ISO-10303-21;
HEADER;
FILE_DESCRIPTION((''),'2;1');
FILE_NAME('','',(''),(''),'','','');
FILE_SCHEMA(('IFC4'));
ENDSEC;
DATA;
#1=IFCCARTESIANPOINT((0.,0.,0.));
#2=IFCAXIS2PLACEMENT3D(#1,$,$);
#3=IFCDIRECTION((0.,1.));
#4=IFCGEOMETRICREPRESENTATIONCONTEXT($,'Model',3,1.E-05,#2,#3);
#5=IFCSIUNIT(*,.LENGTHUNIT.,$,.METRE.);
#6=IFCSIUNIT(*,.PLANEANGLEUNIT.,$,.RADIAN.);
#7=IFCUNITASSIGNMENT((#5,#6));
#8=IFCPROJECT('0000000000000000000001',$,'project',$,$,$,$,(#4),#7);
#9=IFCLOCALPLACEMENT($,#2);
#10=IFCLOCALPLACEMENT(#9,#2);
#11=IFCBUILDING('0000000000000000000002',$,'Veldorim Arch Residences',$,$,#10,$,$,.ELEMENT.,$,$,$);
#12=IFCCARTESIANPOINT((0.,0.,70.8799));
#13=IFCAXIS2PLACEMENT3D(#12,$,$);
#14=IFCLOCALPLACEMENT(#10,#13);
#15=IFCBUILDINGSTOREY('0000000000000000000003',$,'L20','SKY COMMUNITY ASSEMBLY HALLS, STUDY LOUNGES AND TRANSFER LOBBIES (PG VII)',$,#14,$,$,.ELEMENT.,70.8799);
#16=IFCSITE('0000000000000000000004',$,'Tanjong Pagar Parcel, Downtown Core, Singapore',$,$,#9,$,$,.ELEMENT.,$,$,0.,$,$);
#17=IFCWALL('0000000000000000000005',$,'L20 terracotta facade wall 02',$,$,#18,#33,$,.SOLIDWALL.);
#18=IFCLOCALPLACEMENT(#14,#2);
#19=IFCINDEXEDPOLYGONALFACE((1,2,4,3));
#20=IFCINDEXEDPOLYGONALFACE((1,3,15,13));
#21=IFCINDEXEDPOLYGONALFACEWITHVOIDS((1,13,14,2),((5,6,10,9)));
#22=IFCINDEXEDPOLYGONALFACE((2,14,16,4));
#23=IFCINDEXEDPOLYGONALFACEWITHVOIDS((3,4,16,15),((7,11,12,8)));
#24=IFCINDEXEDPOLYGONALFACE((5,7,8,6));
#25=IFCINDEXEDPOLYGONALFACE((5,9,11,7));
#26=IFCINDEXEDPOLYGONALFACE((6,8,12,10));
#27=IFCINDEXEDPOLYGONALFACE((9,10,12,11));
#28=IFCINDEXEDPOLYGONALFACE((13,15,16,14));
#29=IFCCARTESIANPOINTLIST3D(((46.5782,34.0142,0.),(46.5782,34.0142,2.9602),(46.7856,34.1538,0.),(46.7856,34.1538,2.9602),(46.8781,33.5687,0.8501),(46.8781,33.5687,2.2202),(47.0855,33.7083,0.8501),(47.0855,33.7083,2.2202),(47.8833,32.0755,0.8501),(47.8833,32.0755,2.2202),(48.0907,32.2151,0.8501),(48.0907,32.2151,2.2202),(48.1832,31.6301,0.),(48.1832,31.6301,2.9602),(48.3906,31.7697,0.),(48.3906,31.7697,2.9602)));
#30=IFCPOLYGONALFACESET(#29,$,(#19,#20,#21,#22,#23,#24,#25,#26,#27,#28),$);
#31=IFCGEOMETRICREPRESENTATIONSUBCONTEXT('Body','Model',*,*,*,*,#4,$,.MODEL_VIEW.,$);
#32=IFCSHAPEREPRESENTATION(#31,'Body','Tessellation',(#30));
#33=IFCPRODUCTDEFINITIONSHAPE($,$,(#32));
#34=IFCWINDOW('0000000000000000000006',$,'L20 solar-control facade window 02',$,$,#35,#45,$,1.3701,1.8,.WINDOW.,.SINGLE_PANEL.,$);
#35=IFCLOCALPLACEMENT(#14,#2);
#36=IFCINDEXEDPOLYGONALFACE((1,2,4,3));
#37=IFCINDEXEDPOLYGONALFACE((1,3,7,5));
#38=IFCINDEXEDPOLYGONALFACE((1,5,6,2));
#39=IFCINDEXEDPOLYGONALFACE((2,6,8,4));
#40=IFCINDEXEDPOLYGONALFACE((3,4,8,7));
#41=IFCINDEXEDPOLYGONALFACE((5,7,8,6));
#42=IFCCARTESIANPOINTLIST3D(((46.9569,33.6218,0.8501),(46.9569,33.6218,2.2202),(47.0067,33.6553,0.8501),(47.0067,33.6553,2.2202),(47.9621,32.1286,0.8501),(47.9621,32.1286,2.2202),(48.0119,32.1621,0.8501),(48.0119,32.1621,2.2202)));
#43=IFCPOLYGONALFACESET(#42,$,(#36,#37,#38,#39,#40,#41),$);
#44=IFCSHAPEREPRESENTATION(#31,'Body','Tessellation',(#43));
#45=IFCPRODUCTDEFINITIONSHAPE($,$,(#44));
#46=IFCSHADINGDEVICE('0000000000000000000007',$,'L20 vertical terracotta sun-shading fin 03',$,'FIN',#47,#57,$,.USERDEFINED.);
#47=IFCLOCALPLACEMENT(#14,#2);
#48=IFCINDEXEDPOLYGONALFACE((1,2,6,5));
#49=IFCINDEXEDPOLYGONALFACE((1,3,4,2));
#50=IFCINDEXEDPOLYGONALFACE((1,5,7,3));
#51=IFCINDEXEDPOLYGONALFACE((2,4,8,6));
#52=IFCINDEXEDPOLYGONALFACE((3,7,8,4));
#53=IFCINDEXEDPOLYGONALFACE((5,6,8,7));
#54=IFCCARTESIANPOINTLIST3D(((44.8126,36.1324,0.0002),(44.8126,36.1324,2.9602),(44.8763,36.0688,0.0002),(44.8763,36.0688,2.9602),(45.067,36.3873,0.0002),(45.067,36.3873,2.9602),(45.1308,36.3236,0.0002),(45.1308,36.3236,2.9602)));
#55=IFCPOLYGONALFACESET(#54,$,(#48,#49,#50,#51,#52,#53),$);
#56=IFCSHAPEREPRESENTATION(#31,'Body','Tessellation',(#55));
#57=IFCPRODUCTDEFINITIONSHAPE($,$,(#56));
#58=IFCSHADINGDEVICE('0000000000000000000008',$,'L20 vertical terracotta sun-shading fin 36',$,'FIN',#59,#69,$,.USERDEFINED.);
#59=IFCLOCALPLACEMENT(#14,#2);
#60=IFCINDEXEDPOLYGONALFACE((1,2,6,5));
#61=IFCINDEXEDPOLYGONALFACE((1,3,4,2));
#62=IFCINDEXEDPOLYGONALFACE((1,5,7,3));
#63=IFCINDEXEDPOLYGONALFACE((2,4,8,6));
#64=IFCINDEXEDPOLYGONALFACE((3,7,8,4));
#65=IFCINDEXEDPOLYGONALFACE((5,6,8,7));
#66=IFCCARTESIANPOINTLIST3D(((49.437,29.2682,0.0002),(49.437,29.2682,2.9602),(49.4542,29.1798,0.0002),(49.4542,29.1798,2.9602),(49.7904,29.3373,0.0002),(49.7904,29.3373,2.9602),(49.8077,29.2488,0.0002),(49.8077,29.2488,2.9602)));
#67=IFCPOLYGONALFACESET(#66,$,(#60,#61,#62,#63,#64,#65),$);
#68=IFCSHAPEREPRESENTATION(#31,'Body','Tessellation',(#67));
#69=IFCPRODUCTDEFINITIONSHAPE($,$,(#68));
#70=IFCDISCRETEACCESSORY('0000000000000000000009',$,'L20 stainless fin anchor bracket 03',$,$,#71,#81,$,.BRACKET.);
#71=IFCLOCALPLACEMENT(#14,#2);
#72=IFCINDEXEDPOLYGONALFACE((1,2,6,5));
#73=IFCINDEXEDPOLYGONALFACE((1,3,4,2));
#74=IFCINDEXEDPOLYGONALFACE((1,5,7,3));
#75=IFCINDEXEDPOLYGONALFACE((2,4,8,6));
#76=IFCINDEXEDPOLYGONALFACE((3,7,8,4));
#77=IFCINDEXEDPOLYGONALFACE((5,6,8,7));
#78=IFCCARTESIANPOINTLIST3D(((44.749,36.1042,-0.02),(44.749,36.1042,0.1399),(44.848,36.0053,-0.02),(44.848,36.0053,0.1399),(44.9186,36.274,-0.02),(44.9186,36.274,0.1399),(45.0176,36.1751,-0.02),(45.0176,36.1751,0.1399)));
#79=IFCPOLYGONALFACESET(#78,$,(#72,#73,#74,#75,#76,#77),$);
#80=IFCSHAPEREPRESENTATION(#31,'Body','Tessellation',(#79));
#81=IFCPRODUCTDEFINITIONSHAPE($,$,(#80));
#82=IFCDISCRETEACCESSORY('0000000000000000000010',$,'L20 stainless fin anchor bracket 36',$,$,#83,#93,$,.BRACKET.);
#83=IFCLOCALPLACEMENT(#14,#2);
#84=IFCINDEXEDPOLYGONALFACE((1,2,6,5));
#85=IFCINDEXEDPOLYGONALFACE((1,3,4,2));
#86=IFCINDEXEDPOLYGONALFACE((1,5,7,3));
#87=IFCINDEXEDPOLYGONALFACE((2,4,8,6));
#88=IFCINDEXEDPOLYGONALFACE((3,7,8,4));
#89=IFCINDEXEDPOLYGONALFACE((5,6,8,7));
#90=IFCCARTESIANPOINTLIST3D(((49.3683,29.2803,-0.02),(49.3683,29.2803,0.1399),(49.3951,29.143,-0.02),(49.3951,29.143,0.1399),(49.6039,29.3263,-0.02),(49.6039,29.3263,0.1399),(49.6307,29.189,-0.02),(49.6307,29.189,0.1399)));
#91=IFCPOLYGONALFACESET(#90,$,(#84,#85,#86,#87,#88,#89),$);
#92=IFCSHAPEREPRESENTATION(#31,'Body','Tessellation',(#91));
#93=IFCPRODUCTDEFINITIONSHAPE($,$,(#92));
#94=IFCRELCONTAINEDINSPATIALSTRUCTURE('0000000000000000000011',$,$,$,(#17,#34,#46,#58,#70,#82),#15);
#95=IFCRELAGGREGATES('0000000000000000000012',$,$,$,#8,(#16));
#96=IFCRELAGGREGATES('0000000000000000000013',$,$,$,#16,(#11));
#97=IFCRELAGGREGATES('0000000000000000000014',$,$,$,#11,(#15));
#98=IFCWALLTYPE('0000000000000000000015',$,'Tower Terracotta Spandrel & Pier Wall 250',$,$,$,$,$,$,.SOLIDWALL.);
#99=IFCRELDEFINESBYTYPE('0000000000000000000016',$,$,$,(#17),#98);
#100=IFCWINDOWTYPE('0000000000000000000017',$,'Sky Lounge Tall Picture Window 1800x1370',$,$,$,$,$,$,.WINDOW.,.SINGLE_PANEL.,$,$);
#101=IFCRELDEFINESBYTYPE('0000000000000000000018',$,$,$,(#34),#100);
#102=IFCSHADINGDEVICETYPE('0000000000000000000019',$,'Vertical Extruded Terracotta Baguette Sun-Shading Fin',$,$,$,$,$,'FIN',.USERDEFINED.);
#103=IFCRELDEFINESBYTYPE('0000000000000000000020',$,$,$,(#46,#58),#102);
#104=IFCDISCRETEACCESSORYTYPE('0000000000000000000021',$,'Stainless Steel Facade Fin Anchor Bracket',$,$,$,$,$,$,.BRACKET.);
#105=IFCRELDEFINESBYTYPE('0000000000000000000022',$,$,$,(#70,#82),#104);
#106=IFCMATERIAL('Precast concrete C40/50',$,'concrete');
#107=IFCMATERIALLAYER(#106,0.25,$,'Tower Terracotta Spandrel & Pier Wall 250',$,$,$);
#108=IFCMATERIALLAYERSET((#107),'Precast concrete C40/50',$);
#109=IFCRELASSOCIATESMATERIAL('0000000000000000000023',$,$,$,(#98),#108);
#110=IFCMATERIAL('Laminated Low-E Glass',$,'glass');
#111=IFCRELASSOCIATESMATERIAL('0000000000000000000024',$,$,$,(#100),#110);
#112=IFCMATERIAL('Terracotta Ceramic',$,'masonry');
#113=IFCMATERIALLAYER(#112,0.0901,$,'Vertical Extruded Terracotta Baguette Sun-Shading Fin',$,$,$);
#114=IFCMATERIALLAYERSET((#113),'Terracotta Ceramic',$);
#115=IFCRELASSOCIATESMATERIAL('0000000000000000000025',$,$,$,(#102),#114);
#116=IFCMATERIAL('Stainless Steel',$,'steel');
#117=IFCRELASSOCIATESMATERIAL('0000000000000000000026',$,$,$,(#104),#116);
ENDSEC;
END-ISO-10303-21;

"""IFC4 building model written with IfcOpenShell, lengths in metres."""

from ifc_helpers import new_model, si_unit, direction, frame, frame_2d, origin, origin_2d, place, context, subcontext, project, spatial, rectangle, extrude, material, layer, layer_set, type_object, element, fill, save


model = new_model("IFC4")

# Units and contexts
model_context = context("Model", 3, precision=1e-05, world=origin(), true_north=direction((0.0, 1.0)))
body_context = subcontext(model_context, "Body", "Model", "MODEL_VIEW")
ifc_project = project(units=[si_unit("LENGTHUNIT", "METRE"), si_unit("PLANEANGLEUNIT", "RADIAN")], contexts=[model_context])

# Site, building, storey
site_placement = place(None, origin())
site = spatial("IfcSite", under=ifc_project, at=site_placement, Name="Tanjong Pagar Parcel, Downtown Core, Singapore", CompositionType="ELEMENT", RefElevation=0.0)
building_placement = place(site_placement, origin())
building = spatial("IfcBuilding", under=site, at=building_placement, Name="Veldorim Arch Residences", CompositionType="ELEMENT")
storey_placement = place(building_placement, frame((0.0, 0.0, 70.8799)))
storey = spatial("IfcBuildingStorey", under=building, at=storey_placement, Name="L20", Description="SKY COMMUNITY ASSEMBLY HALLS, STUDY LOUNGES AND TRANSFER LOBBIES (PG VII)", CompositionType="ELEMENT", Elevation=70.8799)

# Shared definitions
ifc_material_1 = material(Name="Precast concrete C40/50", Category="concrete")
ifc_layer_1 = layer(ifc_material_1, 0.25, Name="Tower Terracotta Spandrel & Pier Wall 250")
ifc_layer_set_1 = layer_set([ifc_layer_1], Name="Precast concrete C40/50")
wall_type_1 = type_object("IfcWallType", Name="Tower Terracotta Spandrel & Pier Wall 250", PredefinedType="SOLIDWALL", material=ifc_layer_set_1)

# Wall, opening, window
wall_1_placement = place(storey_placement, frame((46.6819, 34.084, 0.0), z_axis=(0.0, 0.0, 1.0), x_axis=(0.558458, -0.829533, 0.0)))
wall_1 = element("IfcWall", 1, at=wall_1_placement, inside=storey, type_object=wall_type_1, Name="L20 terracotta facade wall 02", PredefinedType="SOLIDWALL", context=body_context, shape_type="SweptSolid", body=[
    extrude(rectangle(XDim=2.874, YDim=0.25, at=frame_2d((1.437, 0.0))), origin(), (0.0, 0.0, 1.0), 2.9602),
])
opening_1_placement = place(wall_1_placement, frame((0.5371, 0.0, 0.8501)))
opening_1 = element("IfcOpeningElement", 2, at=opening_1_placement, cuts=wall_1, PredefinedType="OPENING", context=body_context, shape_type="SweptSolid", body=[
    extrude(rectangle(XDim=1.8, YDim=1.3701, at=frame_2d((0.8999, 0.6851))), frame((0.0, 0.135, 0.0), z_axis=(0.0, -1.0, 0.0), x_axis=(1.0, 0.0, 0.0)), (0.0, 0.0, 1.0), 0.27),
])
ifc_material_2 = material(Name="Laminated Low-E Glass", Category="glass")
window_type = type_object("IfcWindowType", Name="Sky Lounge Tall Picture Window 1800x1370", PartitioningType="SINGLE_PANEL", PredefinedType="WINDOW", material=ifc_material_2)
window_placement = place(opening_1_placement, origin())
window = element("IfcWindow", 3, at=window_placement, inside=storey, type_object=window_type, Name="L20 solar-control facade window 02", OverallHeight=1.3701, OverallWidth=1.8, PartitioningType="SINGLE_PANEL", PredefinedType="WINDOW", context=body_context, shape_type="SweptSolid", body=[
    extrude(rectangle(XDim=1.8, YDim=1.3701, at=frame_2d((0.8999, 0.6851))), frame((0.0, 0.03, 0.0), z_axis=(0.0, -1.0, 0.0), x_axis=(1.0, 0.0, 0.0)), (0.0, 0.0, 1.0), 0.0601),
])
fill(opening_1, window)

# Shading devices
ifc_material_3 = material(Name="Terracotta Ceramic", Category="masonry")
ifc_layer_2 = layer(ifc_material_3, 0.0901, Name="Vertical Extruded Terracotta Baguette Sun-Shading Fin")
ifc_layer_set_2 = layer_set([ifc_layer_2], Name="Terracotta Ceramic")
shading_device_type = type_object("IfcShadingDeviceType", Name="Vertical Extruded Terracotta Baguette Sun-Shading Fin", ElementType="FIN", PredefinedType="USERDEFINED", material=ifc_layer_set_2)
for number, where, z_axis, x_axis, name in (
    (4, (44.9717, 36.228, 0.0002), (0.0, 0.0, 1.0), (0.7076, -0.706613, 0.0), "L20 vertical terracotta sun-shading fin 03"),
    (5, (49.6223, 29.2585, 0.0002), (0.0, 0.0, 1.0), (0.191666, -0.98146, 0.0), "L20 vertical terracotta sun-shading fin 36"),
):
    element("IfcShadingDevice", number, at=place(storey_placement, frame(where, z_axis=z_axis, x_axis=x_axis)), inside=storey, type_object=shading_device_type, Name=name, ObjectType="FIN", PredefinedType="USERDEFINED", context=body_context, shape_type="SweptSolid", body=[
        extrude(rectangle(XDim=0.0901, YDim=0.3601, at=origin_2d()), origin(), (0.0, 0.0, 1.0), 2.96),
    ])

# Discrete accessories
ifc_material_4 = material(Name="Stainless Steel", Category="steel")
discrete_accessory_type = type_object("IfcDiscreteAccessoryType", Name="Stainless Steel Facade Fin Anchor Bracket", PredefinedType="BRACKET", material=ifc_material_4)
for number, where, z_axis, x_axis, name in (
    (6, (44.8833, 36.1396, -0.02), (0.0, 0.0, 1.0), (0.7076, -0.706613, 0.0), "L20 stainless fin anchor bracket 03"),
    (7, (49.4995, 29.2346, -0.02), (0.0, 0.0, 1.0), (0.191666, -0.98146, 0.0), "L20 stainless fin anchor bracket 36"),
):
    element("IfcDiscreteAccessory", number, at=place(storey_placement, frame(where, z_axis=z_axis, x_axis=x_axis)), inside=storey, type_object=discrete_accessory_type, Name=name, PredefinedType="BRACKET", context=body_context, shape_type="SweptSolid", body=[
        extrude(rectangle(XDim=0.1399, YDim=0.24, at=origin_2d()), origin(), (0.0, 0.0, 1.0), 0.1599),
    ])

save(model, "model.ifc")
